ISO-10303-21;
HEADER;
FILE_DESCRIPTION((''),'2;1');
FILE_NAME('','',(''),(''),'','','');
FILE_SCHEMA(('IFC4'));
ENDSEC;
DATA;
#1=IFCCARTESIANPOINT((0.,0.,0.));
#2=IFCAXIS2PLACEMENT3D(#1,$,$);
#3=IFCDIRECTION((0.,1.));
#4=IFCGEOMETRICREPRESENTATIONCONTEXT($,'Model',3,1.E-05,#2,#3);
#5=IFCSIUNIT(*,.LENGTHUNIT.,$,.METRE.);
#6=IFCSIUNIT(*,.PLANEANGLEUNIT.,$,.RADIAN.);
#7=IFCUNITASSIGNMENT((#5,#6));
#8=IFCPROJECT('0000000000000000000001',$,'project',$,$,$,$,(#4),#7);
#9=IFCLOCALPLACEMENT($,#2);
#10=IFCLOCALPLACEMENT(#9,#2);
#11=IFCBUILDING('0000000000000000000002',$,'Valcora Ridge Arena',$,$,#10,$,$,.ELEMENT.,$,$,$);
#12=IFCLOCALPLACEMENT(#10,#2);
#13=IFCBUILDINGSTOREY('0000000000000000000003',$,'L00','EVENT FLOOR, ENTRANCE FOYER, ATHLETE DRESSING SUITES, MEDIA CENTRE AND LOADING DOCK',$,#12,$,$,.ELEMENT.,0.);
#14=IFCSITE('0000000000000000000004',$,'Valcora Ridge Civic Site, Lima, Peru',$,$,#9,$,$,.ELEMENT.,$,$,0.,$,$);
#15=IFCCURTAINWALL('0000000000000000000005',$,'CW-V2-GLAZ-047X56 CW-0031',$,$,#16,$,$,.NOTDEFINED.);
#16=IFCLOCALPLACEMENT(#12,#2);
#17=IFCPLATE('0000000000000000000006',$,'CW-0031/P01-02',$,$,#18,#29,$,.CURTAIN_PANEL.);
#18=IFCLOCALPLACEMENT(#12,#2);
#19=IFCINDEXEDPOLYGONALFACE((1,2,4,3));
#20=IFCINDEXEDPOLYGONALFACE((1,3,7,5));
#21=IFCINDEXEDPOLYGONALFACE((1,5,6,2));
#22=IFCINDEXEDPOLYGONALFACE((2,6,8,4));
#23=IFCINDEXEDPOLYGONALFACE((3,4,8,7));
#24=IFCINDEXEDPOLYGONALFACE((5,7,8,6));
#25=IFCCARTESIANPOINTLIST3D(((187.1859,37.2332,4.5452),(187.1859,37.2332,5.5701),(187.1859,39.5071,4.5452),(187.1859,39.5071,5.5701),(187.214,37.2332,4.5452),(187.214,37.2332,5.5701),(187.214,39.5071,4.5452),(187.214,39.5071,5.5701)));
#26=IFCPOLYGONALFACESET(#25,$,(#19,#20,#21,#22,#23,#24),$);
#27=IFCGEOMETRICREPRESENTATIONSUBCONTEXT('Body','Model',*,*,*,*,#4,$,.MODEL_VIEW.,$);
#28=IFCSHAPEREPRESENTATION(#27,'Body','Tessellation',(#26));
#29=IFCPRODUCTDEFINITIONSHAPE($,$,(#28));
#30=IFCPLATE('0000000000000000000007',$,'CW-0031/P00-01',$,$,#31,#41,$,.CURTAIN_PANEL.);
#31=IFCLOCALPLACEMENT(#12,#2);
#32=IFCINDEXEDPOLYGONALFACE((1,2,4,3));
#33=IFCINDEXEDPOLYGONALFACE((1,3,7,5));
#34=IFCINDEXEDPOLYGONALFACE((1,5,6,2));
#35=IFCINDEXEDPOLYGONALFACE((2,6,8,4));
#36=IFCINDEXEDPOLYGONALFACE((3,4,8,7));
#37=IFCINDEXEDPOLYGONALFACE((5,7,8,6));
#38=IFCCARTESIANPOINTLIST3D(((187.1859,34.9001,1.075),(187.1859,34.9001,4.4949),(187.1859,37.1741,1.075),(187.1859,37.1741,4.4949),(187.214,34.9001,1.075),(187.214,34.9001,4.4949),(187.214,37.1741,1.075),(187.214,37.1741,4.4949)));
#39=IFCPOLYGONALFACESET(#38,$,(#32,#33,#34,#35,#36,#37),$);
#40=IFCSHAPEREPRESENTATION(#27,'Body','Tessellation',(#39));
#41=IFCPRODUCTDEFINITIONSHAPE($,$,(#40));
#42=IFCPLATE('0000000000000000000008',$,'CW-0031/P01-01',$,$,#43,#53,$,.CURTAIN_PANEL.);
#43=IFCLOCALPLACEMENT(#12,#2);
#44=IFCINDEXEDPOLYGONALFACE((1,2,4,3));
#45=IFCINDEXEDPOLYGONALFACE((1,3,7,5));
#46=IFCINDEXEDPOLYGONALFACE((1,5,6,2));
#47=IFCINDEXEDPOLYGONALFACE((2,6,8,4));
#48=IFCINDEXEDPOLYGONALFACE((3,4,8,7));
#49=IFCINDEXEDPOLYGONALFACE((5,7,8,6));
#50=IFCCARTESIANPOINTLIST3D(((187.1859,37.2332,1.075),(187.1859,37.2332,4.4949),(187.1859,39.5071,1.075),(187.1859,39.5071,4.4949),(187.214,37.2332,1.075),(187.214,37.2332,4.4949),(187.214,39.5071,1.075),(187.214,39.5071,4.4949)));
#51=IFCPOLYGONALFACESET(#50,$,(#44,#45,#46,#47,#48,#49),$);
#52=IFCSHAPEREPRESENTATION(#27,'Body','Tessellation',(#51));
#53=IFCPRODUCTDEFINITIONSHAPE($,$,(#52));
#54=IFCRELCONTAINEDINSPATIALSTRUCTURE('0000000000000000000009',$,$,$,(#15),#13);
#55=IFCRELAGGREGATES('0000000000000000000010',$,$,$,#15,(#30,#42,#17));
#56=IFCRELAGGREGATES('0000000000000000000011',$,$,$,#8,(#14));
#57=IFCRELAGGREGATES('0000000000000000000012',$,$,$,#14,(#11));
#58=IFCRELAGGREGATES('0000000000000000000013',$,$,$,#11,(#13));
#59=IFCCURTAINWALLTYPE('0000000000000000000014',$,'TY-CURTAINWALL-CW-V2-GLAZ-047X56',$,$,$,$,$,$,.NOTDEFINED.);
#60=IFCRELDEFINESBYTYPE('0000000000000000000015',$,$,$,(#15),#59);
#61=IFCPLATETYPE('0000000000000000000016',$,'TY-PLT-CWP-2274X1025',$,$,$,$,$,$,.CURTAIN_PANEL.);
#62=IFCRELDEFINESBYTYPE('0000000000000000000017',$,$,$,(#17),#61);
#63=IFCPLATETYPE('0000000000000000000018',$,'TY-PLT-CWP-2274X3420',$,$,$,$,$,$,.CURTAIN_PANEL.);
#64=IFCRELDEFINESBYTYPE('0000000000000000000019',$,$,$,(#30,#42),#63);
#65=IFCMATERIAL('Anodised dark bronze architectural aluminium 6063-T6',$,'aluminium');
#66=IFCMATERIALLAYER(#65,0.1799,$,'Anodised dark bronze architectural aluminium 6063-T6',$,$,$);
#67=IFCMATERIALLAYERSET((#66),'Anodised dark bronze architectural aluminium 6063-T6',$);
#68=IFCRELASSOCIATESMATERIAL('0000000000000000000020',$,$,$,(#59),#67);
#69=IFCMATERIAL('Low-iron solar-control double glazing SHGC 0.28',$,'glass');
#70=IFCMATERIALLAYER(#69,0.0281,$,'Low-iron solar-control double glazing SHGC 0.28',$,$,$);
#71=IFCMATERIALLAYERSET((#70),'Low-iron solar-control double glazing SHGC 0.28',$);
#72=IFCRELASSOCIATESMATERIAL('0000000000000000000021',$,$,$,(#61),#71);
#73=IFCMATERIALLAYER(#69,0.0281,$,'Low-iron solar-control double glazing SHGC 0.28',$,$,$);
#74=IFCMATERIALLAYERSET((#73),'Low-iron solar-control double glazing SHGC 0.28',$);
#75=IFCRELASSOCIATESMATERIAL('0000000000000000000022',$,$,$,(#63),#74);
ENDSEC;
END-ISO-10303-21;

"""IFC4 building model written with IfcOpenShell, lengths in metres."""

from ifc_helpers import new_model, si_unit, direction, frame, origin, origin_2d, place, context, subcontext, project, spatial, rectangle, extrude, material, layer, layer_set, type_object, element, aggregate, save


model = new_model("IFC4")

# Units and contexts
model_context = context("Model", 3, precision=1e-05, world=origin(), true_north=direction((0.0, 1.0)))
body_context = subcontext(model_context, "Body", "Model", "MODEL_VIEW")
ifc_project = project(units=[si_unit("LENGTHUNIT", "METRE"), si_unit("PLANEANGLEUNIT", "RADIAN")], contexts=[model_context])

# Site, building, storey
site_placement = place(None, origin())
site = spatial("IfcSite", under=ifc_project, at=site_placement, Name="Valcora Ridge Civic Site, Lima, Peru", CompositionType="ELEMENT", RefElevation=0.0)
building_placement = place(site_placement, origin())
building = spatial("IfcBuilding", under=site, at=building_placement, Name="Valcora Ridge Arena", CompositionType="ELEMENT")
storey_placement = place(building_placement, origin())
storey = spatial("IfcBuildingStorey", under=building, at=storey_placement, Name="L00", Description="EVENT FLOOR, ENTRANCE FOYER, ATHLETE DRESSING SUITES, MEDIA CENTRE AND LOADING DOCK", CompositionType="ELEMENT", Elevation=0.0)

# Curtain wall
ifc_material_1 = material(Name="Anodised dark bronze architectural aluminium 6063-T6", Category="aluminium")
ifc_layer_1 = layer(ifc_material_1, 0.1799, Name="Anodised dark bronze architectural aluminium 6063-T6")
ifc_layer_set_1 = layer_set([ifc_layer_1], Name="Anodised dark bronze architectural aluminium 6063-T6")
curtain_wall_type_1 = type_object("IfcCurtainWallType", Name="TY-CURTAINWALL-CW-V2-GLAZ-047X56", PredefinedType="NOTDEFINED", material=ifc_layer_set_1)
curtain_wall_1_placement = place(storey_placement, origin())
curtain_wall_1 = element("IfcCurtainWall", 1, at=curtain_wall_1_placement, inside=storey, type_object=curtain_wall_type_1, Name="CW-V2-GLAZ-047X56 CW-0031", PredefinedType="NOTDEFINED")

# Plates
ifc_material_2 = material(Name="Low-iron solar-control double glazing SHGC 0.28", Category="glass")
ifc_layer_2 = layer(ifc_material_2, 0.0281, Name="Low-iron solar-control double glazing SHGC 0.28")
ifc_layer_set_2 = layer_set([ifc_layer_2], Name="Low-iron solar-control double glazing SHGC 0.28")
plate_type_1 = type_object("IfcPlateType", Name="TY-PLT-CWP-2274X1025", PredefinedType="CURTAIN_PANEL", material=ifc_layer_set_2)
plate_1_placement = place(storey_placement, frame((187.2, 38.3701, 4.5452), z_axis=(0.0, 0.0, 1.0), x_axis=(0.0, 1.0, 0.0)))
plate_1 = element("IfcPlate", 2, at=plate_1_placement, type_object=plate_type_1, Name="CW-0031/P01-02", PredefinedType="CURTAIN_PANEL", context=body_context, shape_type="SweptSolid", body=[
    extrude(rectangle(XDim=2.2739, YDim=0.0281, at=origin_2d()), origin(), (0.0, 0.0, 1.0), 1.0249),
])
ifc_layer_3 = layer(ifc_material_2, 0.0281, Name="Low-iron solar-control double glazing SHGC 0.28")
ifc_layer_set_3 = layer_set([ifc_layer_3], Name="Low-iron solar-control double glazing SHGC 0.28")
plate_type_2 = type_object("IfcPlateType", Name="TY-PLT-CWP-2274X3420", PredefinedType="CURTAIN_PANEL", material=ifc_layer_set_3)
plate_2_placement = place(storey_placement, frame((187.2, 36.0371, 1.075), z_axis=(0.0, 0.0, 1.0), x_axis=(0.0, 1.0, 0.0)))
plate_2 = element("IfcPlate", 3, at=plate_2_placement, type_object=plate_type_2, Name="CW-0031/P00-01", PredefinedType="CURTAIN_PANEL", context=body_context, shape_type="SweptSolid", body=[
    extrude(rectangle(XDim=2.2739, YDim=0.0281, at=origin_2d()), origin(), (0.0, 0.0, 1.0), 3.4199),
])
plate_3_placement = place(storey_placement, frame((187.2, 38.3701, 1.075), z_axis=(0.0, 0.0, 1.0), x_axis=(0.0, 1.0, 0.0)))
plate_3 = element("IfcPlate", 4, at=plate_3_placement, type_object=plate_type_2, Name="CW-0031/P01-01", PredefinedType="CURTAIN_PANEL", context=body_context, shape_type="SweptSolid", body=[
    extrude(rectangle(XDim=2.2739, YDim=0.0281, at=origin_2d()), origin(), (0.0, 0.0, 1.0), 3.4199),
])
aggregate(curtain_wall_1, [plate_2, plate_3, plate_1])

save(model, "model.ifc")
